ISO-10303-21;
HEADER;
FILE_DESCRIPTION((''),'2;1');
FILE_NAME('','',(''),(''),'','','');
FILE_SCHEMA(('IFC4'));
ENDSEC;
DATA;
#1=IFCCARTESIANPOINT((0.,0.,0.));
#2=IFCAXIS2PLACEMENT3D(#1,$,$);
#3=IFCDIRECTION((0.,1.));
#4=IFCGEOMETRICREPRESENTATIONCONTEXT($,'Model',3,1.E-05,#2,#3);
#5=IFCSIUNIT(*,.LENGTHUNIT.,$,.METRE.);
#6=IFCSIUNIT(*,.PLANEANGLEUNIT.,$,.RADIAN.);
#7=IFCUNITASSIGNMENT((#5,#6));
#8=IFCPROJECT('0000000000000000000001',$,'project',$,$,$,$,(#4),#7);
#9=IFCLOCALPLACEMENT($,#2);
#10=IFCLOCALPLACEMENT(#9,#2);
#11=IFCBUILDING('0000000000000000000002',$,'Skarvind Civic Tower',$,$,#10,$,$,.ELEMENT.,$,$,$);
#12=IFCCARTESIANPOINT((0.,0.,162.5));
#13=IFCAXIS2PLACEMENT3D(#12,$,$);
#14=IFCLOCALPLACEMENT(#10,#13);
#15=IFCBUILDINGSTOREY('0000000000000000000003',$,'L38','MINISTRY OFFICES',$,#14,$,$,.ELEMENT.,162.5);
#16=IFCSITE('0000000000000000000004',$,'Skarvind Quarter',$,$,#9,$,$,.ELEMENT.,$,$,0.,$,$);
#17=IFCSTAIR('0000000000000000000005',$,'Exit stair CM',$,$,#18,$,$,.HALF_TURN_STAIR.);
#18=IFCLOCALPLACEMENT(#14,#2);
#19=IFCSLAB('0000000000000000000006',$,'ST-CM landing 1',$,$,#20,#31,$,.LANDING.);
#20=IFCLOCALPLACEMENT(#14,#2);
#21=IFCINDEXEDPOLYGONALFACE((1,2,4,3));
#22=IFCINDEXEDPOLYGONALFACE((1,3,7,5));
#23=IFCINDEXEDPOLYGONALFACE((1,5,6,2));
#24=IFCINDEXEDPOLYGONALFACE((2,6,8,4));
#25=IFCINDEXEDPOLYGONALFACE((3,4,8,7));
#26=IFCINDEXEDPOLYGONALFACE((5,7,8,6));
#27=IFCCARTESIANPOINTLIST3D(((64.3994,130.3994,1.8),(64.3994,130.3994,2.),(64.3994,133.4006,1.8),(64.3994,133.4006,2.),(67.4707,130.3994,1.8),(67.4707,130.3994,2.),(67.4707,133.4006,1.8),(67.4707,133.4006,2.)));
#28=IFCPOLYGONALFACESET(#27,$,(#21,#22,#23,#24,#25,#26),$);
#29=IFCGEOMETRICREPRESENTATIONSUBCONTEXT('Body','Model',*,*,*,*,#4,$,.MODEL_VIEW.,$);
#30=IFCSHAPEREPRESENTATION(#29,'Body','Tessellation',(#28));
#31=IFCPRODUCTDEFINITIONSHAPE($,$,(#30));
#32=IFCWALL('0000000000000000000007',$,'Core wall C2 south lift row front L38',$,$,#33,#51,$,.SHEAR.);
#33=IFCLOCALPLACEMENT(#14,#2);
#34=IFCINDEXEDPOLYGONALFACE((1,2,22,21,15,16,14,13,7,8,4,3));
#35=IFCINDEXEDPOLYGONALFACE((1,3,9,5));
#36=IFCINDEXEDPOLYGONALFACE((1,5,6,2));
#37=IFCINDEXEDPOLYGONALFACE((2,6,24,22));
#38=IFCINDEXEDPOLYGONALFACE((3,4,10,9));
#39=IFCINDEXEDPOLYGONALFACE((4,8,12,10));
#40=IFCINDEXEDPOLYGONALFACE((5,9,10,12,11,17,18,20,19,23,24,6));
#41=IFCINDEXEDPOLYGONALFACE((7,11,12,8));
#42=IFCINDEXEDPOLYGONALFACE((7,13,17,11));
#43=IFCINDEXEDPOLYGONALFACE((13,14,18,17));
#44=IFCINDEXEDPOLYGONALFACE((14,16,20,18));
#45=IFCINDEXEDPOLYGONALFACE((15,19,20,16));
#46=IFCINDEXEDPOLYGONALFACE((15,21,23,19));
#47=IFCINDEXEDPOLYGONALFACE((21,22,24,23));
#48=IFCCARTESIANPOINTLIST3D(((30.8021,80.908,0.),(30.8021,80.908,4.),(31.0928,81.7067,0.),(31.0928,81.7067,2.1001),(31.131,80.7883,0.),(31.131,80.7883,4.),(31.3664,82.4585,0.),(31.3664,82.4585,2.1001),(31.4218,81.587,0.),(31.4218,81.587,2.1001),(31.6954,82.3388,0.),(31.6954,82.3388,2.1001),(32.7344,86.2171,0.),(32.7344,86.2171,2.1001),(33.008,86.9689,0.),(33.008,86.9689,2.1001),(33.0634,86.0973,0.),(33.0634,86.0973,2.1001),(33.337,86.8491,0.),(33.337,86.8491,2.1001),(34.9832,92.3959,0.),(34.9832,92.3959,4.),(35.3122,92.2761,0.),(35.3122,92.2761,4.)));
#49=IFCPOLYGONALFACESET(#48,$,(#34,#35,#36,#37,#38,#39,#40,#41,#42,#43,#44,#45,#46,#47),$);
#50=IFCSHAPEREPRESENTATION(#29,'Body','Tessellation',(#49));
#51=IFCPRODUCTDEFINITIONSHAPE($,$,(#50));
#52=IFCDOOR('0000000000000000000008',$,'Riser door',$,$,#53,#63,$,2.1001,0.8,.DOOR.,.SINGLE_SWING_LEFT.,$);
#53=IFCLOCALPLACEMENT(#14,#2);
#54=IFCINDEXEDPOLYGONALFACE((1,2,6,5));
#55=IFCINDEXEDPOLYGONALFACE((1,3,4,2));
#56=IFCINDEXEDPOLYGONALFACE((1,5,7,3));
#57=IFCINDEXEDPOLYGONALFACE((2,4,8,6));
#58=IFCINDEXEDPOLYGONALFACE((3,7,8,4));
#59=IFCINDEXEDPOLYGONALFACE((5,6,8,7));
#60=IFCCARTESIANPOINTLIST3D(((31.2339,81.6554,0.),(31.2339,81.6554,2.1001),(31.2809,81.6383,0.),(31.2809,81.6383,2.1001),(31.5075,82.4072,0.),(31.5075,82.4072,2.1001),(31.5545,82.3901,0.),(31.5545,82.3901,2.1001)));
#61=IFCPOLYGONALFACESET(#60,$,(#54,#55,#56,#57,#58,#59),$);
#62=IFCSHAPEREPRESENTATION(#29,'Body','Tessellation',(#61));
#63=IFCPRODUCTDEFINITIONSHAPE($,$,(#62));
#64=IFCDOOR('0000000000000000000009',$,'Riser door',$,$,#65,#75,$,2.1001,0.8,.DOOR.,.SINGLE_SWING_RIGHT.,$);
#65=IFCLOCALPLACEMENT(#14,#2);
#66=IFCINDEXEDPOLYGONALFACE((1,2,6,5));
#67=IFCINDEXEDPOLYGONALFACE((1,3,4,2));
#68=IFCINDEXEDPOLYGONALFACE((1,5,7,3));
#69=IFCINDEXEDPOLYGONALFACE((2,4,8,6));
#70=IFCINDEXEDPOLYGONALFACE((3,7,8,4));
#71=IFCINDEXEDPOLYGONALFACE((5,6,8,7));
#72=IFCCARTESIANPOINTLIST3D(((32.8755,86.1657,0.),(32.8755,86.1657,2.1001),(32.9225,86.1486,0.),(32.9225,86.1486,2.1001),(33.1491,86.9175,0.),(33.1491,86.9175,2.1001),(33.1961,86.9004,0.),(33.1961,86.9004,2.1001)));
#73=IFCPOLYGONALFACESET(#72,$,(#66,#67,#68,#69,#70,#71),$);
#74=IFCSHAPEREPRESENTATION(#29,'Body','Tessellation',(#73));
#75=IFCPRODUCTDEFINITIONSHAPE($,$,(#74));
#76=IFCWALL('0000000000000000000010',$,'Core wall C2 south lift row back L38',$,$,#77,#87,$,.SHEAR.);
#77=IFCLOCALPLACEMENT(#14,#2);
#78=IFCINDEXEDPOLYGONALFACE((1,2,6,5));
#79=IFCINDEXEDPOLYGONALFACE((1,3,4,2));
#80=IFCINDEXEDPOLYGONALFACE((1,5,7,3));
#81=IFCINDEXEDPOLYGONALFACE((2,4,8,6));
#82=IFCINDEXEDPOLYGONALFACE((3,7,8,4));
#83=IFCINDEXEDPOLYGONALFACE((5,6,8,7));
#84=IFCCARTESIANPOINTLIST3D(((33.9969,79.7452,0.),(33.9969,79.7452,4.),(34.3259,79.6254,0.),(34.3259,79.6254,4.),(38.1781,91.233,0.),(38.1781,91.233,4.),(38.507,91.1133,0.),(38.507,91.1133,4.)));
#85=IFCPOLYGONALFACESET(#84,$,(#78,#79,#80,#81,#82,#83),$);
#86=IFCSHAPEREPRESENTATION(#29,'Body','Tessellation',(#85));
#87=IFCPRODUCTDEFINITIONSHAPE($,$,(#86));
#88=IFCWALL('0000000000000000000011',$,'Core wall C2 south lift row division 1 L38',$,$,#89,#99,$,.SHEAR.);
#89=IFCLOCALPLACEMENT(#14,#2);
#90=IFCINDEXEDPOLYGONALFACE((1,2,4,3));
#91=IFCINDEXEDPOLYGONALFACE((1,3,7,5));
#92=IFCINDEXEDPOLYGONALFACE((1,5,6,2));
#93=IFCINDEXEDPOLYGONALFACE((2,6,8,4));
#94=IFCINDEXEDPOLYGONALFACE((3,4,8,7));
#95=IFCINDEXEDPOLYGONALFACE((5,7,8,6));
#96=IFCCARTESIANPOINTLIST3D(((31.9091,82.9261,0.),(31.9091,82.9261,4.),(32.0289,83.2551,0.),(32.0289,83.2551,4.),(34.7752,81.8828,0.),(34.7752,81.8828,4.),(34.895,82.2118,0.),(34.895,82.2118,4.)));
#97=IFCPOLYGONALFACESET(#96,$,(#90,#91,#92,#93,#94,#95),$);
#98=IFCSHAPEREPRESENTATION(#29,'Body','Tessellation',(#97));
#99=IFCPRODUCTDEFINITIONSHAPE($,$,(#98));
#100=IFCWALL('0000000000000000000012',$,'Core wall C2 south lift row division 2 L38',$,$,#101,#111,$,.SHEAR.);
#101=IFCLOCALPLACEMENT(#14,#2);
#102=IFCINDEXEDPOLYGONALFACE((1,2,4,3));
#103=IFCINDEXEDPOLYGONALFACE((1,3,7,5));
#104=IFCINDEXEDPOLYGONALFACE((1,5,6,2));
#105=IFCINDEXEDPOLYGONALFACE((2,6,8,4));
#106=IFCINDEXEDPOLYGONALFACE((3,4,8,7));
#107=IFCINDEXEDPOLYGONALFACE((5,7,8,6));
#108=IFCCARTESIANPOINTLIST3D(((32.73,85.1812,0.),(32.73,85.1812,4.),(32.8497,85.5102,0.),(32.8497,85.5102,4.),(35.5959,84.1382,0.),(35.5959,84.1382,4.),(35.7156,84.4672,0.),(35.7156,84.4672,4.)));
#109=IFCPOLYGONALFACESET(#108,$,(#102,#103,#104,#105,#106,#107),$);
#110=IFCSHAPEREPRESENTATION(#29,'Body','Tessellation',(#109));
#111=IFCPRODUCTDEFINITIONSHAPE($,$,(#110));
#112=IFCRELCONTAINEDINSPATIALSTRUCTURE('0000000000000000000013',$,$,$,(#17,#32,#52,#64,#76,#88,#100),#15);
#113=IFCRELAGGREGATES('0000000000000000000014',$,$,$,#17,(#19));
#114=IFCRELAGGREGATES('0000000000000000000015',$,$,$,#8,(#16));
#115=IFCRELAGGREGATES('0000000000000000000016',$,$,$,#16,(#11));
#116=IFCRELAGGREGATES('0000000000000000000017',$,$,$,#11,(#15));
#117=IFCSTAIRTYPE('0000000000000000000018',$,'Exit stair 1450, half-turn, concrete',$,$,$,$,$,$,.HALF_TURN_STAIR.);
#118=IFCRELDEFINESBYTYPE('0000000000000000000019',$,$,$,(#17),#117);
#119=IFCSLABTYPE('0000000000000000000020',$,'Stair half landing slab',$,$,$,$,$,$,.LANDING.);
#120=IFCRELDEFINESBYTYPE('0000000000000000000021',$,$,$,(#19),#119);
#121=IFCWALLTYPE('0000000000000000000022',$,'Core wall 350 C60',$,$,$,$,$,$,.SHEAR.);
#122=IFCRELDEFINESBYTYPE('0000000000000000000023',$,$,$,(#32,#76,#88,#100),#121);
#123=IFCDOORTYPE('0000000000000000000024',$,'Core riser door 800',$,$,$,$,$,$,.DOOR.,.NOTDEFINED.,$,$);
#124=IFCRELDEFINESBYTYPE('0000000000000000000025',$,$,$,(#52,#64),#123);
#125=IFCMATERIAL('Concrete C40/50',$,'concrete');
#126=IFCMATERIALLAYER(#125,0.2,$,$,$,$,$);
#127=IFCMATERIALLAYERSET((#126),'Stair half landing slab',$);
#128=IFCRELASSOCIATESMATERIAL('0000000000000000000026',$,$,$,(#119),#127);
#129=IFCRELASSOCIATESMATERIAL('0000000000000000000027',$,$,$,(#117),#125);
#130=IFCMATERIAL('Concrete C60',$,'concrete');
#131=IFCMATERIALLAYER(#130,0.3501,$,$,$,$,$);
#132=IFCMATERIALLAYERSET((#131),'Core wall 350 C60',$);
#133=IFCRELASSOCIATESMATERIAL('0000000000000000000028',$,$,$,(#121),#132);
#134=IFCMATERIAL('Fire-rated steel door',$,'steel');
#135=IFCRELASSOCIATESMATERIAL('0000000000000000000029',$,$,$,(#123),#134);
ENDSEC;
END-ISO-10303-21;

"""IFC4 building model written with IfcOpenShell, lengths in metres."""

from ifc_helpers import new_model, si_unit, direction, frame, frame_2d, origin, place, context, subcontext, project, spatial, polyline, rectangle, outline, extrude, material, layer, layer_set, type_object, element, fill, aggregate, save


model = new_model("IFC4")

# Units and contexts
model_context = context("Model", 3, precision=1e-05, world=origin(), true_north=direction((0.0, 1.0)))
body_context = subcontext(model_context, "Body", "Model", "MODEL_VIEW")
ifc_project = project(units=[si_unit("LENGTHUNIT", "METRE"), si_unit("PLANEANGLEUNIT", "RADIAN")], contexts=[model_context])

# Site, building, storey
site_placement = place(None, origin())
site = spatial("IfcSite", under=ifc_project, at=site_placement, Name="Skarvind Quarter", CompositionType="ELEMENT", RefElevation=0.0)
building_placement = place(site_placement, origin())
building = spatial("IfcBuilding", under=site, at=building_placement, Name="Skarvind Civic Tower", CompositionType="ELEMENT")
storey_placement = place(building_placement, frame((0.0, 0.0, 162.5)))
storey = spatial("IfcBuildingStorey", under=building, at=storey_placement, Name="L38", Description="MINISTRY OFFICES", CompositionType="ELEMENT", Elevation=162.5)

# Shared definitions
ifc_material_1 = material(Name="Concrete C40/50", Category="concrete")

# Stair, slab
ifc_layer_1 = layer(ifc_material_1, 0.2)
ifc_layer_set_1 = layer_set([ifc_layer_1], Name="Stair half landing slab")
slab_type_1 = type_object("IfcSlabType", Name="Stair half landing slab", PredefinedType="LANDING", material=ifc_layer_set_1)
stair_type_1 = type_object("IfcStairType", Name="Exit stair 1450, half-turn, concrete", PredefinedType="HALF_TURN_STAIR", material=ifc_material_1)
stair_1_placement = place(storey_placement, origin())
stair_1 = element("IfcStair", 1, at=stair_1_placement, inside=storey, type_object=stair_type_1, Name="Exit stair CM", PredefinedType="HALF_TURN_STAIR")
slab_1_placement = place(storey_placement, frame((0.0, 0.0, 1.8)))
slab_1 = element("IfcSlab", 2, at=slab_1_placement, type_object=slab_type_1, Name="ST-CM landing 1", PredefinedType="LANDING", context=body_context, shape_type="SweptSolid", body=[
    extrude(outline(polyline([(67.4707, 133.4006), (67.4707, 130.3994), (64.3994, 130.3994), (64.3994, 133.4006), (67.4707, 133.4006)])), origin(), (0.0, 0.0, 1.0), 0.2),
])
aggregate(stair_1, [slab_1])

# Wall, openings, doors
ifc_material_2 = material(Name="Concrete C60", Category="concrete")
ifc_layer_2 = layer(ifc_material_2, 0.3501)
ifc_layer_set_2 = layer_set([ifc_layer_2], Name="Core wall 350 C60")
wall_type_1 = type_object("IfcWallType", Name="Core wall 350 C60", PredefinedType="SHEAR", material=ifc_layer_set_2)
wall_1_placement = place(storey_placement, frame((30.9666, 80.8481, 0.0), z_axis=(0.0, 0.0, 1.0), x_axis=(0.342016, 0.939694, 0.0)))
wall_1 = element("IfcWall", 3, at=wall_1_placement, inside=storey, type_object=wall_type_1, Name="Core wall C2 south lift row front L38", PredefinedType="SHEAR", context=body_context, shape_type="SweptSolid", body=[
    extrude(rectangle(XDim=12.2251, YDim=0.3501, at=frame_2d((6.1125, 0.0))), origin(), (0.0, 0.0, 1.0), 4.0),
])
opening_1_placement = place(wall_1_placement, frame((0.8501, 0.0, 0.0)))
opening_1 = element("IfcOpeningElement", 4, at=opening_1_placement, cuts=wall_1, PredefinedType="OPENING", context=body_context, shape_type="SweptSolid", body=[
    extrude(rectangle(XDim=0.8, YDim=2.1001, at=frame_2d((0.3999, 1.05))), frame((0.0, 0.1851, 0.0), z_axis=(0.0, -1.0, 0.0), x_axis=(1.0, 0.0, 0.0)), (0.0, 0.0, 1.0), 0.3701),
])
opening_2_placement = place(wall_1_placement, frame((5.6499, 0.0, 0.0)))
opening_2 = element("IfcOpeningElement", 5, at=opening_2_placement, cuts=wall_1, PredefinedType="OPENING", context=body_context, shape_type="SweptSolid", body=[
    extrude(rectangle(XDim=0.8, YDim=2.1001, at=frame_2d((0.3999, 1.05))), frame((0.0, 0.1851, 0.0), z_axis=(0.0, -1.0, 0.0), x_axis=(1.0, 0.0, 0.0)), (0.0, 0.0, 1.0), 0.3701),
])
ifc_material_3 = material(Name="Fire-rated steel door", Category="steel")
door_type_1 = type_object("IfcDoorType", Name="Core riser door 800", OperationType="NOTDEFINED", PredefinedType="DOOR", material=ifc_material_3)
door_1_placement = place(opening_1_placement, origin())
door_1 = element("IfcDoor", 6, at=door_1_placement, inside=storey, type_object=door_type_1, Name="Riser door", OperationType="SINGLE_SWING_LEFT", OverallHeight=2.1001, OverallWidth=0.8, PredefinedType="DOOR", context=body_context, shape_type="SweptSolid", body=[
    extrude(rectangle(XDim=0.8, YDim=2.1001, at=frame_2d((0.3999, 1.05))), frame((0.0, 0.0249, 0.0), z_axis=(0.0, -1.0, 0.0), x_axis=(1.0, 0.0, 0.0)), (0.0, 0.0, 1.0), 0.05),
])
fill(opening_1, door_1)
door_2_placement = place(opening_2_placement, origin())
door_2 = element("IfcDoor", 7, at=door_2_placement, inside=storey, type_object=door_type_1, Name="Riser door", OperationType="SINGLE_SWING_RIGHT", OverallHeight=2.1001, OverallWidth=0.8, PredefinedType="DOOR", context=body_context, shape_type="SweptSolid", body=[
    extrude(rectangle(XDim=0.8, YDim=2.1001, at=frame_2d((0.3999, 1.05))), frame((0.0, 0.0249, 0.0), z_axis=(0.0, -1.0, 0.0), x_axis=(1.0, 0.0, 0.0)), (0.0, 0.0, 1.0), 0.05),
])
fill(opening_2, door_2)

# Walls
wall_2_placement = place(storey_placement, frame((34.1614, 79.6853, 0.0), z_axis=(0.0, 0.0, 1.0), x_axis=(0.342016, 0.939694, 0.0)))
element("IfcWall", 8, at=wall_2_placement, inside=storey, type_object=wall_type_1, Name="Core wall C2 south lift row back L38", PredefinedType="SHEAR", context=body_context, shape_type="SweptSolid", body=[
    extrude(rectangle(XDim=12.2251, YDim=0.3501, at=frame_2d((6.1125, 0.0))), origin(), (0.0, 0.0, 1.0), 4.0),
])
wall_3_placement = place(storey_placement, frame((34.835, 82.0474, 0.0), z_axis=(0.0, 0.0, 1.0), x_axis=(-0.939684, 0.342045, 0.0)))
element("IfcWall", 9, at=wall_3_placement, inside=storey, type_object=wall_type_1, Name="Core wall C2 south lift row division 1 L38", PredefinedType="SHEAR", context=body_context, shape_type="SweptSolid", body=[
    extrude(rectangle(XDim=3.05, YDim=0.3501, at=frame_2d((1.5249, 0.0))), origin(), (0.0, 0.0, 1.0), 4.0),
])
wall_4_placement = place(storey_placement, frame((35.6558, 84.3027, 0.0), z_axis=(0.0, 0.0, 1.0), x_axis=(-0.939709, 0.341974, 0.0)))
element("IfcWall", 10, at=wall_4_placement, inside=storey, type_object=wall_type_1, Name="Core wall C2 south lift row division 2 L38", PredefinedType="SHEAR", context=body_context, shape_type="SweptSolid", body=[
    extrude(rectangle(XDim=3.0498, YDim=0.3501, at=frame_2d((1.5249, 0.0))), origin(), (0.0, 0.0, 1.0), 4.0),
])

save(model, "model.ifc")
